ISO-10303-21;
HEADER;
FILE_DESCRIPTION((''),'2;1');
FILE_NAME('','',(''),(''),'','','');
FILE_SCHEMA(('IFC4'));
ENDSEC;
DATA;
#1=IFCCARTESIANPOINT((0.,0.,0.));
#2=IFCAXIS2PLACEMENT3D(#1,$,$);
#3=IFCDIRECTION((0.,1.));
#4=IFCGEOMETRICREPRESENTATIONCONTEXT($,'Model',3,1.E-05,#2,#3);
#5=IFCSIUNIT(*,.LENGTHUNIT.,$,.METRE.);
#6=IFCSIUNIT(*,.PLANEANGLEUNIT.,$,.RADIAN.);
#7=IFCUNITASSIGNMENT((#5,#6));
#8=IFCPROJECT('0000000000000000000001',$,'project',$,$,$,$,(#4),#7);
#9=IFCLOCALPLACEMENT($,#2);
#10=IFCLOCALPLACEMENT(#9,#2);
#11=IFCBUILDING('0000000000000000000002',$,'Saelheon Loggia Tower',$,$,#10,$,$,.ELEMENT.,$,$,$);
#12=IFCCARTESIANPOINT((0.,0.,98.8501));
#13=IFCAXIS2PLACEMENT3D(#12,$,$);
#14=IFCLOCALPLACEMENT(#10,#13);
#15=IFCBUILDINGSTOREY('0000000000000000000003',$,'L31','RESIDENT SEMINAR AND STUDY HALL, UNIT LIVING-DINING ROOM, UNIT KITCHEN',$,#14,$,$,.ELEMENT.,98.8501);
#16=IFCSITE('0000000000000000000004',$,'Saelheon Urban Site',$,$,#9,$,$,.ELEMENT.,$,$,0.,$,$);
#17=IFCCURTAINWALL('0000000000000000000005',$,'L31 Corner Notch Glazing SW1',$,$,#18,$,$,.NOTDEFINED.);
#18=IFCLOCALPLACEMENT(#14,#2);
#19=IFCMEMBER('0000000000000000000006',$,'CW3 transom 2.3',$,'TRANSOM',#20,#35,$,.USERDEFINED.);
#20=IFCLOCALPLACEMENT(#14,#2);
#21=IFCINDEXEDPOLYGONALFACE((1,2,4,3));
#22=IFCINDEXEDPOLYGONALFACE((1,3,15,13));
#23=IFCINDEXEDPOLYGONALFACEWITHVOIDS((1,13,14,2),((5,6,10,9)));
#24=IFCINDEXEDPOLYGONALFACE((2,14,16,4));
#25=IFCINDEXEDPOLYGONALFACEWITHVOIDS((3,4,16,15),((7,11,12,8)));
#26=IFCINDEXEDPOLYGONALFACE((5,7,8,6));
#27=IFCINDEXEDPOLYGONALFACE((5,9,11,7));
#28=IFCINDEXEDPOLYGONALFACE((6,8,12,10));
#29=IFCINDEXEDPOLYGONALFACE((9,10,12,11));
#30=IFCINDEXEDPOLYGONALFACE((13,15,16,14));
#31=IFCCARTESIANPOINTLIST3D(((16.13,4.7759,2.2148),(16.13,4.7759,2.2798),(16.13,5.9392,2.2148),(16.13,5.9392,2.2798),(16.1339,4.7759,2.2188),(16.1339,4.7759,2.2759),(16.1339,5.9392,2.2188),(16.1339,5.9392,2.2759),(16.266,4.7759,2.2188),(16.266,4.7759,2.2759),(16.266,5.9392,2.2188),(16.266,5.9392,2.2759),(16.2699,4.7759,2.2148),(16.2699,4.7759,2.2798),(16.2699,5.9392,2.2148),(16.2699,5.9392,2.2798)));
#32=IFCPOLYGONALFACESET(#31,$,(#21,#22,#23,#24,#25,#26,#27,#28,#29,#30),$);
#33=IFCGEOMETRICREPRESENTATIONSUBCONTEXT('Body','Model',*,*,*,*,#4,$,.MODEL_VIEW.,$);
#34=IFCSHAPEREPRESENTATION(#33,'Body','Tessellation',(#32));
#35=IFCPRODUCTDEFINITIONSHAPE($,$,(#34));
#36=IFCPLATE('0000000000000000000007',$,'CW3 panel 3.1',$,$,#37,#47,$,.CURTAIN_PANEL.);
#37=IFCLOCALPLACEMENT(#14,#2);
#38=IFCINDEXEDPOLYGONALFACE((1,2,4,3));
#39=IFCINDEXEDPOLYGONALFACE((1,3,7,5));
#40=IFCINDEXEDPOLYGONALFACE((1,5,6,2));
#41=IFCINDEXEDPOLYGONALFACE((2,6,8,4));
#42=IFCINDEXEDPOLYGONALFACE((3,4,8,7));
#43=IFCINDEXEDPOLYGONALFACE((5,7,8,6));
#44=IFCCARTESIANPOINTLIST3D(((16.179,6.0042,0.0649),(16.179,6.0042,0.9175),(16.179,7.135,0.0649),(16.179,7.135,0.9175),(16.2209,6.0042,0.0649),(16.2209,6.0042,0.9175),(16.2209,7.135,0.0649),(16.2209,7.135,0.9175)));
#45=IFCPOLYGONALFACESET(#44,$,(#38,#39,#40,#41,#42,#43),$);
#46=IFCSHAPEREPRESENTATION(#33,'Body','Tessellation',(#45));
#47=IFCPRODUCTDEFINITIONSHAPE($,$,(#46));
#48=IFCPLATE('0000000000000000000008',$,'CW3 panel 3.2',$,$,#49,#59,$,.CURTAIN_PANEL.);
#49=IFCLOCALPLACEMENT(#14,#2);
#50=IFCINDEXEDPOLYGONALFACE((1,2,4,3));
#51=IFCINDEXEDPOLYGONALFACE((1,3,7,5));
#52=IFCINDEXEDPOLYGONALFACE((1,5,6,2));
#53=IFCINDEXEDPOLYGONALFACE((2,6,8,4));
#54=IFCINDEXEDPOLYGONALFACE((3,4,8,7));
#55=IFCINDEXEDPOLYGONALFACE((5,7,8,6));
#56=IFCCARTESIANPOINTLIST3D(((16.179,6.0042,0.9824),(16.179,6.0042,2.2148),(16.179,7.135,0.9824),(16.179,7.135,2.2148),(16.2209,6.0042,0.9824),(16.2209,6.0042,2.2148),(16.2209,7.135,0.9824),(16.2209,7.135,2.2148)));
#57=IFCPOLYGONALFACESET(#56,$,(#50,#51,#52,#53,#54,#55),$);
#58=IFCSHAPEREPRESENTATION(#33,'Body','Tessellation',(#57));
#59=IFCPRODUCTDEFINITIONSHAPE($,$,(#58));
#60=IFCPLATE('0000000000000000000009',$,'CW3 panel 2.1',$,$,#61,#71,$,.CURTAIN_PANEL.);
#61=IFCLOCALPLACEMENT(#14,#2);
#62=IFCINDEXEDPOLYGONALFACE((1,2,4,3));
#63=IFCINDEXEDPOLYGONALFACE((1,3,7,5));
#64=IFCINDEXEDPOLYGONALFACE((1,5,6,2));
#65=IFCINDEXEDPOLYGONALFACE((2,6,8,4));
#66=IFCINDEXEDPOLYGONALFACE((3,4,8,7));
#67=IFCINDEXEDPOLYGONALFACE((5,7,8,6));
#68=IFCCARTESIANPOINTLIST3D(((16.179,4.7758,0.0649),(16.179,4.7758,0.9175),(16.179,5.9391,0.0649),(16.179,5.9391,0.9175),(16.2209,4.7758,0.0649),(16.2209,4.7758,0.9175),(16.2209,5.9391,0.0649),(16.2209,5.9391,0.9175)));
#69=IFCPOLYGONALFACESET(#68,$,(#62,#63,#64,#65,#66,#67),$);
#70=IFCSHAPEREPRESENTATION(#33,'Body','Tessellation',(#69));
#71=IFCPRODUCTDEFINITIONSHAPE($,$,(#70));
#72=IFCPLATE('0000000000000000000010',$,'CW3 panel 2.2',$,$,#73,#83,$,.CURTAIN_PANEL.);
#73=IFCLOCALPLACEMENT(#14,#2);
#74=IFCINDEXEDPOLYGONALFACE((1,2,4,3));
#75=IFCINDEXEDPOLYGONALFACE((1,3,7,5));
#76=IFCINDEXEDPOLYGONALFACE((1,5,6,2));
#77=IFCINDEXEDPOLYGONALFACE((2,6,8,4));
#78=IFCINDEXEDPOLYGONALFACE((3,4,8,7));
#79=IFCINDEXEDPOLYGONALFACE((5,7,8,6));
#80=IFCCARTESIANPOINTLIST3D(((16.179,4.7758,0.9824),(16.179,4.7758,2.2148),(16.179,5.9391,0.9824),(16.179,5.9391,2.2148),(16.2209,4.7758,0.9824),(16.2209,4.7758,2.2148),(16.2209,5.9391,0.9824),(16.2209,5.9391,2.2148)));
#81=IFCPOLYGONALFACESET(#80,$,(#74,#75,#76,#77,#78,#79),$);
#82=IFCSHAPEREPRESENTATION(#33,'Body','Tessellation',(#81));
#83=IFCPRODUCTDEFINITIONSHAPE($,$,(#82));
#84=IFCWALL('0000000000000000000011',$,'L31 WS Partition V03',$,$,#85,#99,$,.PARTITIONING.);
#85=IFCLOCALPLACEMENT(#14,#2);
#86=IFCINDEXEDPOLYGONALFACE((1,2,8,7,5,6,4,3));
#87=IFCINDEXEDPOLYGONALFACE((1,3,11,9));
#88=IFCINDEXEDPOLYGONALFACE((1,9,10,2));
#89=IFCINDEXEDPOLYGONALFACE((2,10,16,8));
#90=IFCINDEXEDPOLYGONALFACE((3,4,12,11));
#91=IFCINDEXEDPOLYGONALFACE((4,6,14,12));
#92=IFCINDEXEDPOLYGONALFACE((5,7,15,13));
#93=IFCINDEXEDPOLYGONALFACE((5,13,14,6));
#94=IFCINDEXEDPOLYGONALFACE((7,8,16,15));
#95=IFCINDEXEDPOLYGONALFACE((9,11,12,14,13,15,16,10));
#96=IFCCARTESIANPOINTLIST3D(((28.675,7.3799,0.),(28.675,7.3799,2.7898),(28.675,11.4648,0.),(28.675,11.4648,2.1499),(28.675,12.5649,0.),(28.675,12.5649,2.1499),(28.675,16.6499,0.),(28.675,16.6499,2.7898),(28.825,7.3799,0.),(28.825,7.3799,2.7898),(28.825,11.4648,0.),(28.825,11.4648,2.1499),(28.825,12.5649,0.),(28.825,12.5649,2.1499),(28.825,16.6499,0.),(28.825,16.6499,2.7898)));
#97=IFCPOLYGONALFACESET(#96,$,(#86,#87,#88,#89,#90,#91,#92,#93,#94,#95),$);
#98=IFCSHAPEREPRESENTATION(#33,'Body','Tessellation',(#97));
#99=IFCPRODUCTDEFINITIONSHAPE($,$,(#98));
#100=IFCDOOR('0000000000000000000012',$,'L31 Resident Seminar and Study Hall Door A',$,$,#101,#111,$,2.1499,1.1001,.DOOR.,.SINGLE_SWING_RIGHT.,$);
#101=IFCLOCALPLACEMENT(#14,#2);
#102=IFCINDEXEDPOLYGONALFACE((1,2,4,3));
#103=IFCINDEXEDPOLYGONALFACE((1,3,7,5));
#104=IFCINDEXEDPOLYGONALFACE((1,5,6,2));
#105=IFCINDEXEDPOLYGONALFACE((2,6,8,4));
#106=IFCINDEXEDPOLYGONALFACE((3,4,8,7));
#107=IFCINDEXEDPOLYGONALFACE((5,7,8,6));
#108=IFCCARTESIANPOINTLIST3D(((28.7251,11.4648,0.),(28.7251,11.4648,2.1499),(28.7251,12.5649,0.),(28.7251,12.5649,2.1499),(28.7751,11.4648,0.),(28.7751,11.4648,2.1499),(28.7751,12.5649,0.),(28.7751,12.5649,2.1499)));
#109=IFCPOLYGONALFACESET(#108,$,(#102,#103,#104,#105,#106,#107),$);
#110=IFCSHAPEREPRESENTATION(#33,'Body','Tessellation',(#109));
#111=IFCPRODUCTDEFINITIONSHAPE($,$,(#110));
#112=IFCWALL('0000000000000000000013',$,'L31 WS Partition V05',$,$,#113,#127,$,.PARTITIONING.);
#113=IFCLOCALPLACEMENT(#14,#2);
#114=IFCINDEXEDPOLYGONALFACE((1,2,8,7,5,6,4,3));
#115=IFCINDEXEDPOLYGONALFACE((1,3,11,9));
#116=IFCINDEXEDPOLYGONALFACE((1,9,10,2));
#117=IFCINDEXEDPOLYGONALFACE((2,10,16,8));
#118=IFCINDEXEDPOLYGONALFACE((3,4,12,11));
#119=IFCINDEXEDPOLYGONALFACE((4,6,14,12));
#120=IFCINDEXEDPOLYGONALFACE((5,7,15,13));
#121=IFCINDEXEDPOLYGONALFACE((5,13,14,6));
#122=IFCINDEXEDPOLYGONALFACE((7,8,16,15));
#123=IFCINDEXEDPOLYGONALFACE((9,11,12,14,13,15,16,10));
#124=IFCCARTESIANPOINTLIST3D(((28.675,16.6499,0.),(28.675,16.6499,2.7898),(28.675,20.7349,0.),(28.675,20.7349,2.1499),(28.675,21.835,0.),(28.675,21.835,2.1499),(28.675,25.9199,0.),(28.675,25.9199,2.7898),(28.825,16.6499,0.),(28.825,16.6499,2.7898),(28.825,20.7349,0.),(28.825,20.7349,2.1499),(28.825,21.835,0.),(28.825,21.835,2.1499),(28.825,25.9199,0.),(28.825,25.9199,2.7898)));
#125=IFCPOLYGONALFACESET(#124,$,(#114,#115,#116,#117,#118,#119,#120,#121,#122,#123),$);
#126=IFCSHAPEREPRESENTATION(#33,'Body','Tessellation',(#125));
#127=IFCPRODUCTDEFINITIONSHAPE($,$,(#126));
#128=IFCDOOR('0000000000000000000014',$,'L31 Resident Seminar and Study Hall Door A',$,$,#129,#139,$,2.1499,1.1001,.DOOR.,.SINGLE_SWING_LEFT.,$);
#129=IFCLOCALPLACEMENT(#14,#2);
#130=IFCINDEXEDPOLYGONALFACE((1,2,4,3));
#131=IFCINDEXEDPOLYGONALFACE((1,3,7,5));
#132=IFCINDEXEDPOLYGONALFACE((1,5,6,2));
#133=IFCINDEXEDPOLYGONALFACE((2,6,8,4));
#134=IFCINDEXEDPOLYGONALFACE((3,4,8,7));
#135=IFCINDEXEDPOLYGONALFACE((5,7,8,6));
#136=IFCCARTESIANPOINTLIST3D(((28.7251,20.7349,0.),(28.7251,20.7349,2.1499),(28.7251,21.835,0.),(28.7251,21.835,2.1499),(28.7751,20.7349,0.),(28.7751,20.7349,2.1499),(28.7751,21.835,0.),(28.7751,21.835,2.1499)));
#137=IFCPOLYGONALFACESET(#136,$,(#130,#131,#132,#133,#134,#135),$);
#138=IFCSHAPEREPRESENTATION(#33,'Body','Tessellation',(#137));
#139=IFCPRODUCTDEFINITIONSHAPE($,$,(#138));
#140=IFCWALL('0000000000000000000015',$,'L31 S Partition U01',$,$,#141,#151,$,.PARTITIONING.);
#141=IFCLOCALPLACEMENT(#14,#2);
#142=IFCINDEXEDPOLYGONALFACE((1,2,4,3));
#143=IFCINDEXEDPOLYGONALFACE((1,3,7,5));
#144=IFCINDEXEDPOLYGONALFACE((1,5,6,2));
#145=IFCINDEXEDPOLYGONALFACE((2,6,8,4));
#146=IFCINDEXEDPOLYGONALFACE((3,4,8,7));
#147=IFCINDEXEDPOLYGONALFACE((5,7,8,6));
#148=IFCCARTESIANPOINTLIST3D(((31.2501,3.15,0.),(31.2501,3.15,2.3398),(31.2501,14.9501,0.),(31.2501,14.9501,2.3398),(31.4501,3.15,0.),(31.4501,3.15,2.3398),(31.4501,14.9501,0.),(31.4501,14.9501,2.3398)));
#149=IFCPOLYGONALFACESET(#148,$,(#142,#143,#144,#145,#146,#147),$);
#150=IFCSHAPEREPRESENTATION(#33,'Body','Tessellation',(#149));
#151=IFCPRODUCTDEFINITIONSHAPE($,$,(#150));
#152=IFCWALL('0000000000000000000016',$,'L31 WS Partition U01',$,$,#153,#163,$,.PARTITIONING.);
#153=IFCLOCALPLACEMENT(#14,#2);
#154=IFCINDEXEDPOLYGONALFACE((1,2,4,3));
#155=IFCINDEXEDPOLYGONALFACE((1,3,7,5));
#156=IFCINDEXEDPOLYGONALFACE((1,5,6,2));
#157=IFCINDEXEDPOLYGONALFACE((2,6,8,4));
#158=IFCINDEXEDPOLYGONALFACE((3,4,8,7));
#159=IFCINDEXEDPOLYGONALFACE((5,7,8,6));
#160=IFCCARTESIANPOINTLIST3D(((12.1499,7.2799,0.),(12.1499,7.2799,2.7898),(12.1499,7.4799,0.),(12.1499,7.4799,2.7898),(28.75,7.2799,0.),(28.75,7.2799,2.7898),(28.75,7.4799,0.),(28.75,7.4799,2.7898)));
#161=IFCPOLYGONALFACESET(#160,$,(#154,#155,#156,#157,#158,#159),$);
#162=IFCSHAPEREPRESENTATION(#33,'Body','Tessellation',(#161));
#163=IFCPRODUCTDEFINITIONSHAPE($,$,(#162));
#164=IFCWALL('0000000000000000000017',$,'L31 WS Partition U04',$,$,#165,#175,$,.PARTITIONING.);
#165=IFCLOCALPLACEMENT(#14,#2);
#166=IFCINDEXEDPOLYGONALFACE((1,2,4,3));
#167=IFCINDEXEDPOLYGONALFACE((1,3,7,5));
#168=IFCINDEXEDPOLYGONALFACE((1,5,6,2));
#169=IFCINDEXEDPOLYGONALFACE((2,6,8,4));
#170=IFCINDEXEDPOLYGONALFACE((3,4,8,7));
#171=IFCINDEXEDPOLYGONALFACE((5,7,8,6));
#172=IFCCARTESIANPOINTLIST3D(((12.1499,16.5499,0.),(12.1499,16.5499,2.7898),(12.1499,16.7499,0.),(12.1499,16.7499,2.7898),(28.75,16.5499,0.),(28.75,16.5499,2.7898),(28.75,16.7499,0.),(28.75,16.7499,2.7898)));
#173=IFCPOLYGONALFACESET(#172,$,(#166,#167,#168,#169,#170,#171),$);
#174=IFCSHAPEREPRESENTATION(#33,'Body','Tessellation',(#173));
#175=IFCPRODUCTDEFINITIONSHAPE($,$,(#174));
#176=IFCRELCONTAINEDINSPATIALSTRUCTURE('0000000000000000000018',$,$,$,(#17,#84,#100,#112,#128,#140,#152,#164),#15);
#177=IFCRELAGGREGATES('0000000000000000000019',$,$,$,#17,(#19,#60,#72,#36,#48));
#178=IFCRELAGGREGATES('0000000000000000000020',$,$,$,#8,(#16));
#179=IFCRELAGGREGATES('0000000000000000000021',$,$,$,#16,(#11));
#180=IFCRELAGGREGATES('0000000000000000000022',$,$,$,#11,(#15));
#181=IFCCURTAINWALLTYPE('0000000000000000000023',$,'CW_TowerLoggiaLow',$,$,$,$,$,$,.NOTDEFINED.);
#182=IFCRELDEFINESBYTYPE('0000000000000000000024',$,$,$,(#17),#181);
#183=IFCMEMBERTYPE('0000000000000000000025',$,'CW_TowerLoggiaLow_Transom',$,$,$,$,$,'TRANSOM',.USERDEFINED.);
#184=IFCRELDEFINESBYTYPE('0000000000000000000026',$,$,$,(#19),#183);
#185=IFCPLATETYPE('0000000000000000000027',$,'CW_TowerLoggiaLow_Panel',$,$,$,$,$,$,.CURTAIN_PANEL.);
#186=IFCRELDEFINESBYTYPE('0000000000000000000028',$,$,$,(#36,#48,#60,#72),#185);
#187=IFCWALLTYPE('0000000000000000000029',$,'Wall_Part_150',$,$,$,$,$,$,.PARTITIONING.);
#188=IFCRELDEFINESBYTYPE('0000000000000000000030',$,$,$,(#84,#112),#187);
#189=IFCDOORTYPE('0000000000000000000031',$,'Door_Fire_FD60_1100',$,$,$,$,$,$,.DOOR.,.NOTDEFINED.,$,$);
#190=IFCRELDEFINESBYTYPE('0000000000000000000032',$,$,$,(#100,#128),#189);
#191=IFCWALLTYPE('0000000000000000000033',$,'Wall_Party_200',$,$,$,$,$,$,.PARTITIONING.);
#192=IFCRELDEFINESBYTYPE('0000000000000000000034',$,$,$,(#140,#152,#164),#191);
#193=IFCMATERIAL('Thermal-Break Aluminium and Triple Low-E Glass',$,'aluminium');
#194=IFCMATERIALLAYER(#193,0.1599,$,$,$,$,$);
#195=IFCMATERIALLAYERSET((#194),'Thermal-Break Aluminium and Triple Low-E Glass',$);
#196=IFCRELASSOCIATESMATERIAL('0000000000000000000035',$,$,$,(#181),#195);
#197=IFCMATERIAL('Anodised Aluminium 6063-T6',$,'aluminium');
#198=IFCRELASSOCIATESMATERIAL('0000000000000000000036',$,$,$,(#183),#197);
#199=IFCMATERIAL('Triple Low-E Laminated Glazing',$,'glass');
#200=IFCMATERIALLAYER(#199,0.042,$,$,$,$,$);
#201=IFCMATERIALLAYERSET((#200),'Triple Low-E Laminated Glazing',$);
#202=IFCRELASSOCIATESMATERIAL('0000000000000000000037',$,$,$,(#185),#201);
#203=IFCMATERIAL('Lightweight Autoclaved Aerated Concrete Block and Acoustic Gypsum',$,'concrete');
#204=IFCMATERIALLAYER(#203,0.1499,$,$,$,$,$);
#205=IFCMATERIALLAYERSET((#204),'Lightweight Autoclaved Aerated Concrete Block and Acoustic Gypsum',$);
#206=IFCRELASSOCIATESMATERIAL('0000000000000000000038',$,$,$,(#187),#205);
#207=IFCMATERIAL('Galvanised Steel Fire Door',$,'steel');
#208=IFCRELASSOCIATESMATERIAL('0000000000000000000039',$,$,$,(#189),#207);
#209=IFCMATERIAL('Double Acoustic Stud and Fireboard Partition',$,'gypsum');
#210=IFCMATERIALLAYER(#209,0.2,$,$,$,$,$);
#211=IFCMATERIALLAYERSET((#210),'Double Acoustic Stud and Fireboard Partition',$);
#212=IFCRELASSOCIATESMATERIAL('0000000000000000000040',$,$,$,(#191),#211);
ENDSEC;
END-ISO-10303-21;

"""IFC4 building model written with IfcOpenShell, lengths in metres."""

from ifc_helpers import new_model, si_unit, direction, frame, frame_2d, origin, origin_2d, place, context, subcontext, project, spatial, rectangle, hollow_rectangle, extrude, source, transform, mapped, material, layer, layer_set, material_profile, profile_set, type_object, element, fill, aggregate, save


model = new_model("IFC4")

# Units and contexts
model_context = context("Model", 3, precision=1e-05, world=origin(), true_north=direction((0.0, 1.0)))
body_context = subcontext(model_context, "Body", "Model", "MODEL_VIEW")
ifc_project = project(units=[si_unit("LENGTHUNIT", "METRE"), si_unit("PLANEANGLEUNIT", "RADIAN")], contexts=[model_context])

# Site, building, storey
site_placement = place(None, origin())
site = spatial("IfcSite", under=ifc_project, at=site_placement, Name="Saelheon Urban Site", CompositionType="ELEMENT", RefElevation=0.0)
building_placement = place(site_placement, origin())
building = spatial("IfcBuilding", under=site, at=building_placement, Name="Saelheon Loggia Tower", CompositionType="ELEMENT")
storey_placement = place(building_placement, frame((0.0, 0.0, 98.8501)))
storey = spatial("IfcBuildingStorey", under=building, at=storey_placement, Name="L31", Description="RESIDENT SEMINAR AND STUDY HALL, UNIT LIVING-DINING ROOM, UNIT KITCHEN", CompositionType="ELEMENT", Elevation=98.8501)

# Curtain wall, member, plates
ifc_material_1 = material(Name="Thermal-Break Aluminium and Triple Low-E Glass", Category="aluminium")
ifc_layer_1 = layer(ifc_material_1, 0.1599)
ifc_layer_set_1 = layer_set([ifc_layer_1], Name="Thermal-Break Aluminium and Triple Low-E Glass")
curtain_wall_type = type_object("IfcCurtainWallType", Name="CW_TowerLoggiaLow", PredefinedType="NOTDEFINED", material=ifc_layer_set_1)
curtain_wall_placement = place(storey_placement, origin())
curtain_wall = element("IfcCurtainWall", 1, at=curtain_wall_placement, inside=storey, type_object=curtain_wall_type, Name="L31 Corner Notch Glazing SW1", PredefinedType="NOTDEFINED")
ifc_material_2 = material(Name="Anodised Aluminium 6063-T6", Category="aluminium")
ifc_material_profile_1 = material_profile(ifc_material_2, hollow_rectangle(XDim=0.0649, YDim=0.1399, WallThickness=0.0039, at=origin_2d()), Name="RHS-140x65x4")
ifc_profile_set_1 = profile_set([ifc_material_profile_1], Name="Anodised Aluminium 6063-T6")
member_type_1 = type_object("IfcMemberType", Name="CW_TowerLoggiaLow_Transom", ElementType="TRANSOM", PredefinedType="USERDEFINED", material=ifc_profile_set_1)
shared_shape_1 = source(origin(), body_context, "Body", "SweptSolid", [
    extrude(hollow_rectangle(XDim=0.0649, YDim=0.1399, WallThickness=0.0039, at=origin_2d()), origin(), (0.0, 0.0, 1.0), 1.1633),
])
member_1_placement = place(storey_placement, frame((16.2, 4.7759, 2.2473), z_axis=(0.0, 1.0, 0.0), x_axis=(0.0, 0.0, 1.0)))
member_1 = element("IfcMember", 2, at=member_1_placement, type_object=member_type_1, Name="CW3 transom 2.3", ObjectType="TRANSOM", PredefinedType="USERDEFINED", context=body_context, shape_type="MappedRepresentation", body=[
    mapped(shared_shape_1, transform((0.0, 0.0, 0.0), scale=1.0)),
])
ifc_material_3 = material(Name="Triple Low-E Laminated Glazing", Category="glass")
ifc_layer_2 = layer(ifc_material_3, 0.042)
ifc_layer_set_2 = layer_set([ifc_layer_2], Name="Triple Low-E Laminated Glazing")
plate_type = type_object("IfcPlateType", Name="CW_TowerLoggiaLow_Panel", PredefinedType="CURTAIN_PANEL", material=ifc_layer_set_2)
shared_shape_2 = source(origin(), body_context, "Body", "SweptSolid", [
    extrude(rectangle(XDim=1.1309, YDim=0.042, at=origin_2d()), origin(), (0.0, 0.0, 1.0), 0.8525),
])
plate_1_placement = place(storey_placement, frame((16.2, 6.5696, 0.0649), z_axis=(0.0, 0.0, 1.0), x_axis=(0.0, 1.0, 0.0)))
plate_1 = element("IfcPlate", 3, at=plate_1_placement, type_object=plate_type, Name="CW3 panel 3.1", PredefinedType="CURTAIN_PANEL", context=body_context, shape_type="MappedRepresentation", body=[
    mapped(shared_shape_2, transform((0.0, 0.0, 0.0), scale=1.0)),
])
shared_shape_3 = source(origin(), body_context, "Body", "SweptSolid", [
    extrude(rectangle(XDim=1.1309, YDim=0.042, at=origin_2d()), origin(), (0.0, 0.0, 1.0), 1.2324),
])
plate_2_placement = place(storey_placement, frame((16.2, 6.5696, 0.9824), z_axis=(0.0, 0.0, 1.0), x_axis=(0.0, 1.0, 0.0)))
plate_2 = element("IfcPlate", 4, at=plate_2_placement, type_object=plate_type, Name="CW3 panel 3.2", PredefinedType="CURTAIN_PANEL", context=body_context, shape_type="MappedRepresentation", body=[
    mapped(shared_shape_3, transform((0.0, 0.0, 0.0), scale=1.0)),
])
shared_shape_4 = source(origin(), body_context, "Body", "SweptSolid", [
    extrude(rectangle(XDim=1.1633, YDim=0.042, at=origin_2d()), origin(), (0.0, 0.0, 1.0), 0.8525),
])
plate_3_placement = place(storey_placement, frame((16.2, 5.3574, 0.0649), z_axis=(0.0, 0.0, 1.0), x_axis=(0.0, 1.0, 0.0)))
plate_3 = element("IfcPlate", 5, at=plate_3_placement, type_object=plate_type, Name="CW3 panel 2.1", PredefinedType="CURTAIN_PANEL", context=body_context, shape_type="MappedRepresentation", body=[
    mapped(shared_shape_4, transform((0.0, 0.0, 0.0), scale=1.0)),
])
shared_shape_5 = source(origin(), body_context, "Body", "SweptSolid", [
    extrude(rectangle(XDim=1.1633, YDim=0.042, at=origin_2d()), origin(), (0.0, 0.0, 1.0), 1.2324),
])
plate_4_placement = place(storey_placement, frame((16.2, 5.3574, 0.9824), z_axis=(0.0, 0.0, 1.0), x_axis=(0.0, 1.0, 0.0)))
plate_4 = element("IfcPlate", 6, at=plate_4_placement, type_object=plate_type, Name="CW3 panel 2.2", PredefinedType="CURTAIN_PANEL", context=body_context, shape_type="MappedRepresentation", body=[
    mapped(shared_shape_5, transform((0.0, 0.0, 0.0), scale=1.0)),
])
aggregate(curtain_wall, [member_1, plate_3, plate_4, plate_1, plate_2])

# Walls, openings, doors
ifc_material_4 = material(Name="Lightweight Autoclaved Aerated Concrete Block and Acoustic Gypsum", Category="concrete")
ifc_layer_3 = layer(ifc_material_4, 0.1499)
ifc_layer_set_3 = layer_set([ifc_layer_3], Name="Lightweight Autoclaved Aerated Concrete Block and Acoustic Gypsum")
wall_type_1 = type_object("IfcWallType", Name="Wall_Part_150", PredefinedType="PARTITIONING", material=ifc_layer_set_3)
wall_1_placement = place(storey_placement, frame((28.75, 7.3799, 0.0), z_axis=(0.0, 0.0, 1.0), x_axis=(0.0, 1.0, 0.0)))
wall_1 = element("IfcWall", 7, at=wall_1_placement, inside=storey, type_object=wall_type_1, Name="L31 WS Partition V03", PredefinedType="PARTITIONING", context=body_context, shape_type="SweptSolid", body=[
    extrude(rectangle(XDim=9.27, YDim=0.1499, at=frame_2d((4.635, 0.0))), origin(), (0.0, 0.0, 1.0), 2.7898),
])
opening_1_placement = place(wall_1_placement, frame((4.085, 0.0, 0.0)))
opening_1 = element("IfcOpeningElement", 8, at=opening_1_placement, cuts=wall_1, PredefinedType="OPENING", context=body_context, shape_type="SweptSolid", body=[
    extrude(rectangle(XDim=1.1001, YDim=2.1499, at=frame_2d((0.55, 1.075))), frame((0.0, 0.0869, 0.0), z_axis=(0.0, -1.0, 0.0), x_axis=(1.0, 0.0, 0.0)), (0.0, 0.0, 1.0), 0.1738),
])
ifc_material_5 = material(Name="Galvanised Steel Fire Door", Category="steel")
door_type = type_object("IfcDoorType", Name="Door_Fire_FD60_1100", OperationType="NOTDEFINED", PredefinedType="DOOR", material=ifc_material_5)
shared_shape_6 = source(origin(), body_context, "Body", "SweptSolid", [
    extrude(rectangle(XDim=1.1001, YDim=2.1499, at=frame_2d((0.55, 1.075))), frame((0.0, 0.0249, 0.0), z_axis=(0.0, -1.0, 0.0), x_axis=(1.0, 0.0, 0.0)), (0.0, 0.0, 1.0), 0.05),
])
door_1_placement = place(opening_1_placement, origin())
door_1 = element("IfcDoor", 9, at=door_1_placement, inside=storey, type_object=door_type, Name="L31 Resident Seminar and Study Hall Door A", OperationType="SINGLE_SWING_RIGHT", OverallHeight=2.1499, OverallWidth=1.1001, PredefinedType="DOOR", context=body_context, shape_type="MappedRepresentation", body=[
    mapped(shared_shape_6, transform((0.0, 0.0, 0.0), scale=1.0)),
])
fill(opening_1, door_1)
wall_2_placement = place(storey_placement, frame((28.75, 16.6499, 0.0), z_axis=(0.0, 0.0, 1.0), x_axis=(0.0, 1.0, 0.0)))
wall_2 = element("IfcWall", 10, at=wall_2_placement, inside=storey, type_object=wall_type_1, Name="L31 WS Partition V05", PredefinedType="PARTITIONING", context=body_context, shape_type="SweptSolid", body=[
    extrude(rectangle(XDim=9.27, YDim=0.1499, at=frame_2d((4.635, 0.0))), origin(), (0.0, 0.0, 1.0), 2.7898),
])
opening_2_placement = place(wall_2_placement, frame((4.085, 0.0, 0.0)))
opening_2 = element("IfcOpeningElement", 11, at=opening_2_placement, cuts=wall_2, PredefinedType="OPENING", context=body_context, shape_type="SweptSolid", body=[
    extrude(rectangle(XDim=1.1001, YDim=2.1499, at=frame_2d((0.55, 1.075))), frame((0.0, 0.0869, 0.0), z_axis=(0.0, -1.0, 0.0), x_axis=(1.0, 0.0, 0.0)), (0.0, 0.0, 1.0), 0.1738),
])
door_2_placement = place(opening_2_placement, origin())
door_2 = element("IfcDoor", 12, at=door_2_placement, inside=storey, type_object=door_type, Name="L31 Resident Seminar and Study Hall Door A", OperationType="SINGLE_SWING_LEFT", OverallHeight=2.1499, OverallWidth=1.1001, PredefinedType="DOOR", context=body_context, shape_type="MappedRepresentation", body=[
    mapped(shared_shape_6, transform((0.0, 0.0, 0.0), scale=1.0)),
])
fill(opening_2, door_2)

# Walls
ifc_material_6 = material(Name="Double Acoustic Stud and Fireboard Partition", Category="gypsum")
ifc_layer_4 = layer(ifc_material_6, 0.2)
ifc_layer_set_4 = layer_set([ifc_layer_4], Name="Double Acoustic Stud and Fireboard Partition")
wall_type_2 = type_object("IfcWallType", Name="Wall_Party_200", PredefinedType="PARTITIONING", material=ifc_layer_set_4)
wall_3_placement = place(storey_placement, frame((31.3501, 14.95, 0.0), z_axis=(0.0, 0.0, 1.0), x_axis=(0.0, -1.0, 0.0)))
element("IfcWall", 13, at=wall_3_placement, inside=storey, type_object=wall_type_2, Name="L31 S Partition U01", PredefinedType="PARTITIONING", context=body_context, shape_type="SweptSolid", body=[
    extrude(rectangle(XDim=11.8, YDim=0.2, at=frame_2d((5.8999, 0.0))), origin(), (0.0, 0.0, 1.0), 2.3398),
])
for number, where, z_axis, x_axis, name in (
    (14, (28.75, 7.3799, 0.0), (0.0, 0.0, 1.0), (-1.0, 0.0, 0.0), "L31 WS Partition U01"),
    (15, (28.75, 16.6499, 0.0), (0.0, 0.0, 1.0), (-1.0, 0.0, 0.0), "L31 WS Partition U04"),
):
    element("IfcWall", number, at=place(storey_placement, frame(where, z_axis=z_axis, x_axis=x_axis)), inside=storey, type_object=wall_type_2, Name=name, PredefinedType="PARTITIONING", context=body_context, shape_type="SweptSolid", body=[
        extrude(rectangle(XDim=16.6001, YDim=0.2, at=frame_2d((8.3, 0.0))), origin(), (0.0, 0.0, 1.0), 2.7898),
    ])

save(model, "model.ifc")
